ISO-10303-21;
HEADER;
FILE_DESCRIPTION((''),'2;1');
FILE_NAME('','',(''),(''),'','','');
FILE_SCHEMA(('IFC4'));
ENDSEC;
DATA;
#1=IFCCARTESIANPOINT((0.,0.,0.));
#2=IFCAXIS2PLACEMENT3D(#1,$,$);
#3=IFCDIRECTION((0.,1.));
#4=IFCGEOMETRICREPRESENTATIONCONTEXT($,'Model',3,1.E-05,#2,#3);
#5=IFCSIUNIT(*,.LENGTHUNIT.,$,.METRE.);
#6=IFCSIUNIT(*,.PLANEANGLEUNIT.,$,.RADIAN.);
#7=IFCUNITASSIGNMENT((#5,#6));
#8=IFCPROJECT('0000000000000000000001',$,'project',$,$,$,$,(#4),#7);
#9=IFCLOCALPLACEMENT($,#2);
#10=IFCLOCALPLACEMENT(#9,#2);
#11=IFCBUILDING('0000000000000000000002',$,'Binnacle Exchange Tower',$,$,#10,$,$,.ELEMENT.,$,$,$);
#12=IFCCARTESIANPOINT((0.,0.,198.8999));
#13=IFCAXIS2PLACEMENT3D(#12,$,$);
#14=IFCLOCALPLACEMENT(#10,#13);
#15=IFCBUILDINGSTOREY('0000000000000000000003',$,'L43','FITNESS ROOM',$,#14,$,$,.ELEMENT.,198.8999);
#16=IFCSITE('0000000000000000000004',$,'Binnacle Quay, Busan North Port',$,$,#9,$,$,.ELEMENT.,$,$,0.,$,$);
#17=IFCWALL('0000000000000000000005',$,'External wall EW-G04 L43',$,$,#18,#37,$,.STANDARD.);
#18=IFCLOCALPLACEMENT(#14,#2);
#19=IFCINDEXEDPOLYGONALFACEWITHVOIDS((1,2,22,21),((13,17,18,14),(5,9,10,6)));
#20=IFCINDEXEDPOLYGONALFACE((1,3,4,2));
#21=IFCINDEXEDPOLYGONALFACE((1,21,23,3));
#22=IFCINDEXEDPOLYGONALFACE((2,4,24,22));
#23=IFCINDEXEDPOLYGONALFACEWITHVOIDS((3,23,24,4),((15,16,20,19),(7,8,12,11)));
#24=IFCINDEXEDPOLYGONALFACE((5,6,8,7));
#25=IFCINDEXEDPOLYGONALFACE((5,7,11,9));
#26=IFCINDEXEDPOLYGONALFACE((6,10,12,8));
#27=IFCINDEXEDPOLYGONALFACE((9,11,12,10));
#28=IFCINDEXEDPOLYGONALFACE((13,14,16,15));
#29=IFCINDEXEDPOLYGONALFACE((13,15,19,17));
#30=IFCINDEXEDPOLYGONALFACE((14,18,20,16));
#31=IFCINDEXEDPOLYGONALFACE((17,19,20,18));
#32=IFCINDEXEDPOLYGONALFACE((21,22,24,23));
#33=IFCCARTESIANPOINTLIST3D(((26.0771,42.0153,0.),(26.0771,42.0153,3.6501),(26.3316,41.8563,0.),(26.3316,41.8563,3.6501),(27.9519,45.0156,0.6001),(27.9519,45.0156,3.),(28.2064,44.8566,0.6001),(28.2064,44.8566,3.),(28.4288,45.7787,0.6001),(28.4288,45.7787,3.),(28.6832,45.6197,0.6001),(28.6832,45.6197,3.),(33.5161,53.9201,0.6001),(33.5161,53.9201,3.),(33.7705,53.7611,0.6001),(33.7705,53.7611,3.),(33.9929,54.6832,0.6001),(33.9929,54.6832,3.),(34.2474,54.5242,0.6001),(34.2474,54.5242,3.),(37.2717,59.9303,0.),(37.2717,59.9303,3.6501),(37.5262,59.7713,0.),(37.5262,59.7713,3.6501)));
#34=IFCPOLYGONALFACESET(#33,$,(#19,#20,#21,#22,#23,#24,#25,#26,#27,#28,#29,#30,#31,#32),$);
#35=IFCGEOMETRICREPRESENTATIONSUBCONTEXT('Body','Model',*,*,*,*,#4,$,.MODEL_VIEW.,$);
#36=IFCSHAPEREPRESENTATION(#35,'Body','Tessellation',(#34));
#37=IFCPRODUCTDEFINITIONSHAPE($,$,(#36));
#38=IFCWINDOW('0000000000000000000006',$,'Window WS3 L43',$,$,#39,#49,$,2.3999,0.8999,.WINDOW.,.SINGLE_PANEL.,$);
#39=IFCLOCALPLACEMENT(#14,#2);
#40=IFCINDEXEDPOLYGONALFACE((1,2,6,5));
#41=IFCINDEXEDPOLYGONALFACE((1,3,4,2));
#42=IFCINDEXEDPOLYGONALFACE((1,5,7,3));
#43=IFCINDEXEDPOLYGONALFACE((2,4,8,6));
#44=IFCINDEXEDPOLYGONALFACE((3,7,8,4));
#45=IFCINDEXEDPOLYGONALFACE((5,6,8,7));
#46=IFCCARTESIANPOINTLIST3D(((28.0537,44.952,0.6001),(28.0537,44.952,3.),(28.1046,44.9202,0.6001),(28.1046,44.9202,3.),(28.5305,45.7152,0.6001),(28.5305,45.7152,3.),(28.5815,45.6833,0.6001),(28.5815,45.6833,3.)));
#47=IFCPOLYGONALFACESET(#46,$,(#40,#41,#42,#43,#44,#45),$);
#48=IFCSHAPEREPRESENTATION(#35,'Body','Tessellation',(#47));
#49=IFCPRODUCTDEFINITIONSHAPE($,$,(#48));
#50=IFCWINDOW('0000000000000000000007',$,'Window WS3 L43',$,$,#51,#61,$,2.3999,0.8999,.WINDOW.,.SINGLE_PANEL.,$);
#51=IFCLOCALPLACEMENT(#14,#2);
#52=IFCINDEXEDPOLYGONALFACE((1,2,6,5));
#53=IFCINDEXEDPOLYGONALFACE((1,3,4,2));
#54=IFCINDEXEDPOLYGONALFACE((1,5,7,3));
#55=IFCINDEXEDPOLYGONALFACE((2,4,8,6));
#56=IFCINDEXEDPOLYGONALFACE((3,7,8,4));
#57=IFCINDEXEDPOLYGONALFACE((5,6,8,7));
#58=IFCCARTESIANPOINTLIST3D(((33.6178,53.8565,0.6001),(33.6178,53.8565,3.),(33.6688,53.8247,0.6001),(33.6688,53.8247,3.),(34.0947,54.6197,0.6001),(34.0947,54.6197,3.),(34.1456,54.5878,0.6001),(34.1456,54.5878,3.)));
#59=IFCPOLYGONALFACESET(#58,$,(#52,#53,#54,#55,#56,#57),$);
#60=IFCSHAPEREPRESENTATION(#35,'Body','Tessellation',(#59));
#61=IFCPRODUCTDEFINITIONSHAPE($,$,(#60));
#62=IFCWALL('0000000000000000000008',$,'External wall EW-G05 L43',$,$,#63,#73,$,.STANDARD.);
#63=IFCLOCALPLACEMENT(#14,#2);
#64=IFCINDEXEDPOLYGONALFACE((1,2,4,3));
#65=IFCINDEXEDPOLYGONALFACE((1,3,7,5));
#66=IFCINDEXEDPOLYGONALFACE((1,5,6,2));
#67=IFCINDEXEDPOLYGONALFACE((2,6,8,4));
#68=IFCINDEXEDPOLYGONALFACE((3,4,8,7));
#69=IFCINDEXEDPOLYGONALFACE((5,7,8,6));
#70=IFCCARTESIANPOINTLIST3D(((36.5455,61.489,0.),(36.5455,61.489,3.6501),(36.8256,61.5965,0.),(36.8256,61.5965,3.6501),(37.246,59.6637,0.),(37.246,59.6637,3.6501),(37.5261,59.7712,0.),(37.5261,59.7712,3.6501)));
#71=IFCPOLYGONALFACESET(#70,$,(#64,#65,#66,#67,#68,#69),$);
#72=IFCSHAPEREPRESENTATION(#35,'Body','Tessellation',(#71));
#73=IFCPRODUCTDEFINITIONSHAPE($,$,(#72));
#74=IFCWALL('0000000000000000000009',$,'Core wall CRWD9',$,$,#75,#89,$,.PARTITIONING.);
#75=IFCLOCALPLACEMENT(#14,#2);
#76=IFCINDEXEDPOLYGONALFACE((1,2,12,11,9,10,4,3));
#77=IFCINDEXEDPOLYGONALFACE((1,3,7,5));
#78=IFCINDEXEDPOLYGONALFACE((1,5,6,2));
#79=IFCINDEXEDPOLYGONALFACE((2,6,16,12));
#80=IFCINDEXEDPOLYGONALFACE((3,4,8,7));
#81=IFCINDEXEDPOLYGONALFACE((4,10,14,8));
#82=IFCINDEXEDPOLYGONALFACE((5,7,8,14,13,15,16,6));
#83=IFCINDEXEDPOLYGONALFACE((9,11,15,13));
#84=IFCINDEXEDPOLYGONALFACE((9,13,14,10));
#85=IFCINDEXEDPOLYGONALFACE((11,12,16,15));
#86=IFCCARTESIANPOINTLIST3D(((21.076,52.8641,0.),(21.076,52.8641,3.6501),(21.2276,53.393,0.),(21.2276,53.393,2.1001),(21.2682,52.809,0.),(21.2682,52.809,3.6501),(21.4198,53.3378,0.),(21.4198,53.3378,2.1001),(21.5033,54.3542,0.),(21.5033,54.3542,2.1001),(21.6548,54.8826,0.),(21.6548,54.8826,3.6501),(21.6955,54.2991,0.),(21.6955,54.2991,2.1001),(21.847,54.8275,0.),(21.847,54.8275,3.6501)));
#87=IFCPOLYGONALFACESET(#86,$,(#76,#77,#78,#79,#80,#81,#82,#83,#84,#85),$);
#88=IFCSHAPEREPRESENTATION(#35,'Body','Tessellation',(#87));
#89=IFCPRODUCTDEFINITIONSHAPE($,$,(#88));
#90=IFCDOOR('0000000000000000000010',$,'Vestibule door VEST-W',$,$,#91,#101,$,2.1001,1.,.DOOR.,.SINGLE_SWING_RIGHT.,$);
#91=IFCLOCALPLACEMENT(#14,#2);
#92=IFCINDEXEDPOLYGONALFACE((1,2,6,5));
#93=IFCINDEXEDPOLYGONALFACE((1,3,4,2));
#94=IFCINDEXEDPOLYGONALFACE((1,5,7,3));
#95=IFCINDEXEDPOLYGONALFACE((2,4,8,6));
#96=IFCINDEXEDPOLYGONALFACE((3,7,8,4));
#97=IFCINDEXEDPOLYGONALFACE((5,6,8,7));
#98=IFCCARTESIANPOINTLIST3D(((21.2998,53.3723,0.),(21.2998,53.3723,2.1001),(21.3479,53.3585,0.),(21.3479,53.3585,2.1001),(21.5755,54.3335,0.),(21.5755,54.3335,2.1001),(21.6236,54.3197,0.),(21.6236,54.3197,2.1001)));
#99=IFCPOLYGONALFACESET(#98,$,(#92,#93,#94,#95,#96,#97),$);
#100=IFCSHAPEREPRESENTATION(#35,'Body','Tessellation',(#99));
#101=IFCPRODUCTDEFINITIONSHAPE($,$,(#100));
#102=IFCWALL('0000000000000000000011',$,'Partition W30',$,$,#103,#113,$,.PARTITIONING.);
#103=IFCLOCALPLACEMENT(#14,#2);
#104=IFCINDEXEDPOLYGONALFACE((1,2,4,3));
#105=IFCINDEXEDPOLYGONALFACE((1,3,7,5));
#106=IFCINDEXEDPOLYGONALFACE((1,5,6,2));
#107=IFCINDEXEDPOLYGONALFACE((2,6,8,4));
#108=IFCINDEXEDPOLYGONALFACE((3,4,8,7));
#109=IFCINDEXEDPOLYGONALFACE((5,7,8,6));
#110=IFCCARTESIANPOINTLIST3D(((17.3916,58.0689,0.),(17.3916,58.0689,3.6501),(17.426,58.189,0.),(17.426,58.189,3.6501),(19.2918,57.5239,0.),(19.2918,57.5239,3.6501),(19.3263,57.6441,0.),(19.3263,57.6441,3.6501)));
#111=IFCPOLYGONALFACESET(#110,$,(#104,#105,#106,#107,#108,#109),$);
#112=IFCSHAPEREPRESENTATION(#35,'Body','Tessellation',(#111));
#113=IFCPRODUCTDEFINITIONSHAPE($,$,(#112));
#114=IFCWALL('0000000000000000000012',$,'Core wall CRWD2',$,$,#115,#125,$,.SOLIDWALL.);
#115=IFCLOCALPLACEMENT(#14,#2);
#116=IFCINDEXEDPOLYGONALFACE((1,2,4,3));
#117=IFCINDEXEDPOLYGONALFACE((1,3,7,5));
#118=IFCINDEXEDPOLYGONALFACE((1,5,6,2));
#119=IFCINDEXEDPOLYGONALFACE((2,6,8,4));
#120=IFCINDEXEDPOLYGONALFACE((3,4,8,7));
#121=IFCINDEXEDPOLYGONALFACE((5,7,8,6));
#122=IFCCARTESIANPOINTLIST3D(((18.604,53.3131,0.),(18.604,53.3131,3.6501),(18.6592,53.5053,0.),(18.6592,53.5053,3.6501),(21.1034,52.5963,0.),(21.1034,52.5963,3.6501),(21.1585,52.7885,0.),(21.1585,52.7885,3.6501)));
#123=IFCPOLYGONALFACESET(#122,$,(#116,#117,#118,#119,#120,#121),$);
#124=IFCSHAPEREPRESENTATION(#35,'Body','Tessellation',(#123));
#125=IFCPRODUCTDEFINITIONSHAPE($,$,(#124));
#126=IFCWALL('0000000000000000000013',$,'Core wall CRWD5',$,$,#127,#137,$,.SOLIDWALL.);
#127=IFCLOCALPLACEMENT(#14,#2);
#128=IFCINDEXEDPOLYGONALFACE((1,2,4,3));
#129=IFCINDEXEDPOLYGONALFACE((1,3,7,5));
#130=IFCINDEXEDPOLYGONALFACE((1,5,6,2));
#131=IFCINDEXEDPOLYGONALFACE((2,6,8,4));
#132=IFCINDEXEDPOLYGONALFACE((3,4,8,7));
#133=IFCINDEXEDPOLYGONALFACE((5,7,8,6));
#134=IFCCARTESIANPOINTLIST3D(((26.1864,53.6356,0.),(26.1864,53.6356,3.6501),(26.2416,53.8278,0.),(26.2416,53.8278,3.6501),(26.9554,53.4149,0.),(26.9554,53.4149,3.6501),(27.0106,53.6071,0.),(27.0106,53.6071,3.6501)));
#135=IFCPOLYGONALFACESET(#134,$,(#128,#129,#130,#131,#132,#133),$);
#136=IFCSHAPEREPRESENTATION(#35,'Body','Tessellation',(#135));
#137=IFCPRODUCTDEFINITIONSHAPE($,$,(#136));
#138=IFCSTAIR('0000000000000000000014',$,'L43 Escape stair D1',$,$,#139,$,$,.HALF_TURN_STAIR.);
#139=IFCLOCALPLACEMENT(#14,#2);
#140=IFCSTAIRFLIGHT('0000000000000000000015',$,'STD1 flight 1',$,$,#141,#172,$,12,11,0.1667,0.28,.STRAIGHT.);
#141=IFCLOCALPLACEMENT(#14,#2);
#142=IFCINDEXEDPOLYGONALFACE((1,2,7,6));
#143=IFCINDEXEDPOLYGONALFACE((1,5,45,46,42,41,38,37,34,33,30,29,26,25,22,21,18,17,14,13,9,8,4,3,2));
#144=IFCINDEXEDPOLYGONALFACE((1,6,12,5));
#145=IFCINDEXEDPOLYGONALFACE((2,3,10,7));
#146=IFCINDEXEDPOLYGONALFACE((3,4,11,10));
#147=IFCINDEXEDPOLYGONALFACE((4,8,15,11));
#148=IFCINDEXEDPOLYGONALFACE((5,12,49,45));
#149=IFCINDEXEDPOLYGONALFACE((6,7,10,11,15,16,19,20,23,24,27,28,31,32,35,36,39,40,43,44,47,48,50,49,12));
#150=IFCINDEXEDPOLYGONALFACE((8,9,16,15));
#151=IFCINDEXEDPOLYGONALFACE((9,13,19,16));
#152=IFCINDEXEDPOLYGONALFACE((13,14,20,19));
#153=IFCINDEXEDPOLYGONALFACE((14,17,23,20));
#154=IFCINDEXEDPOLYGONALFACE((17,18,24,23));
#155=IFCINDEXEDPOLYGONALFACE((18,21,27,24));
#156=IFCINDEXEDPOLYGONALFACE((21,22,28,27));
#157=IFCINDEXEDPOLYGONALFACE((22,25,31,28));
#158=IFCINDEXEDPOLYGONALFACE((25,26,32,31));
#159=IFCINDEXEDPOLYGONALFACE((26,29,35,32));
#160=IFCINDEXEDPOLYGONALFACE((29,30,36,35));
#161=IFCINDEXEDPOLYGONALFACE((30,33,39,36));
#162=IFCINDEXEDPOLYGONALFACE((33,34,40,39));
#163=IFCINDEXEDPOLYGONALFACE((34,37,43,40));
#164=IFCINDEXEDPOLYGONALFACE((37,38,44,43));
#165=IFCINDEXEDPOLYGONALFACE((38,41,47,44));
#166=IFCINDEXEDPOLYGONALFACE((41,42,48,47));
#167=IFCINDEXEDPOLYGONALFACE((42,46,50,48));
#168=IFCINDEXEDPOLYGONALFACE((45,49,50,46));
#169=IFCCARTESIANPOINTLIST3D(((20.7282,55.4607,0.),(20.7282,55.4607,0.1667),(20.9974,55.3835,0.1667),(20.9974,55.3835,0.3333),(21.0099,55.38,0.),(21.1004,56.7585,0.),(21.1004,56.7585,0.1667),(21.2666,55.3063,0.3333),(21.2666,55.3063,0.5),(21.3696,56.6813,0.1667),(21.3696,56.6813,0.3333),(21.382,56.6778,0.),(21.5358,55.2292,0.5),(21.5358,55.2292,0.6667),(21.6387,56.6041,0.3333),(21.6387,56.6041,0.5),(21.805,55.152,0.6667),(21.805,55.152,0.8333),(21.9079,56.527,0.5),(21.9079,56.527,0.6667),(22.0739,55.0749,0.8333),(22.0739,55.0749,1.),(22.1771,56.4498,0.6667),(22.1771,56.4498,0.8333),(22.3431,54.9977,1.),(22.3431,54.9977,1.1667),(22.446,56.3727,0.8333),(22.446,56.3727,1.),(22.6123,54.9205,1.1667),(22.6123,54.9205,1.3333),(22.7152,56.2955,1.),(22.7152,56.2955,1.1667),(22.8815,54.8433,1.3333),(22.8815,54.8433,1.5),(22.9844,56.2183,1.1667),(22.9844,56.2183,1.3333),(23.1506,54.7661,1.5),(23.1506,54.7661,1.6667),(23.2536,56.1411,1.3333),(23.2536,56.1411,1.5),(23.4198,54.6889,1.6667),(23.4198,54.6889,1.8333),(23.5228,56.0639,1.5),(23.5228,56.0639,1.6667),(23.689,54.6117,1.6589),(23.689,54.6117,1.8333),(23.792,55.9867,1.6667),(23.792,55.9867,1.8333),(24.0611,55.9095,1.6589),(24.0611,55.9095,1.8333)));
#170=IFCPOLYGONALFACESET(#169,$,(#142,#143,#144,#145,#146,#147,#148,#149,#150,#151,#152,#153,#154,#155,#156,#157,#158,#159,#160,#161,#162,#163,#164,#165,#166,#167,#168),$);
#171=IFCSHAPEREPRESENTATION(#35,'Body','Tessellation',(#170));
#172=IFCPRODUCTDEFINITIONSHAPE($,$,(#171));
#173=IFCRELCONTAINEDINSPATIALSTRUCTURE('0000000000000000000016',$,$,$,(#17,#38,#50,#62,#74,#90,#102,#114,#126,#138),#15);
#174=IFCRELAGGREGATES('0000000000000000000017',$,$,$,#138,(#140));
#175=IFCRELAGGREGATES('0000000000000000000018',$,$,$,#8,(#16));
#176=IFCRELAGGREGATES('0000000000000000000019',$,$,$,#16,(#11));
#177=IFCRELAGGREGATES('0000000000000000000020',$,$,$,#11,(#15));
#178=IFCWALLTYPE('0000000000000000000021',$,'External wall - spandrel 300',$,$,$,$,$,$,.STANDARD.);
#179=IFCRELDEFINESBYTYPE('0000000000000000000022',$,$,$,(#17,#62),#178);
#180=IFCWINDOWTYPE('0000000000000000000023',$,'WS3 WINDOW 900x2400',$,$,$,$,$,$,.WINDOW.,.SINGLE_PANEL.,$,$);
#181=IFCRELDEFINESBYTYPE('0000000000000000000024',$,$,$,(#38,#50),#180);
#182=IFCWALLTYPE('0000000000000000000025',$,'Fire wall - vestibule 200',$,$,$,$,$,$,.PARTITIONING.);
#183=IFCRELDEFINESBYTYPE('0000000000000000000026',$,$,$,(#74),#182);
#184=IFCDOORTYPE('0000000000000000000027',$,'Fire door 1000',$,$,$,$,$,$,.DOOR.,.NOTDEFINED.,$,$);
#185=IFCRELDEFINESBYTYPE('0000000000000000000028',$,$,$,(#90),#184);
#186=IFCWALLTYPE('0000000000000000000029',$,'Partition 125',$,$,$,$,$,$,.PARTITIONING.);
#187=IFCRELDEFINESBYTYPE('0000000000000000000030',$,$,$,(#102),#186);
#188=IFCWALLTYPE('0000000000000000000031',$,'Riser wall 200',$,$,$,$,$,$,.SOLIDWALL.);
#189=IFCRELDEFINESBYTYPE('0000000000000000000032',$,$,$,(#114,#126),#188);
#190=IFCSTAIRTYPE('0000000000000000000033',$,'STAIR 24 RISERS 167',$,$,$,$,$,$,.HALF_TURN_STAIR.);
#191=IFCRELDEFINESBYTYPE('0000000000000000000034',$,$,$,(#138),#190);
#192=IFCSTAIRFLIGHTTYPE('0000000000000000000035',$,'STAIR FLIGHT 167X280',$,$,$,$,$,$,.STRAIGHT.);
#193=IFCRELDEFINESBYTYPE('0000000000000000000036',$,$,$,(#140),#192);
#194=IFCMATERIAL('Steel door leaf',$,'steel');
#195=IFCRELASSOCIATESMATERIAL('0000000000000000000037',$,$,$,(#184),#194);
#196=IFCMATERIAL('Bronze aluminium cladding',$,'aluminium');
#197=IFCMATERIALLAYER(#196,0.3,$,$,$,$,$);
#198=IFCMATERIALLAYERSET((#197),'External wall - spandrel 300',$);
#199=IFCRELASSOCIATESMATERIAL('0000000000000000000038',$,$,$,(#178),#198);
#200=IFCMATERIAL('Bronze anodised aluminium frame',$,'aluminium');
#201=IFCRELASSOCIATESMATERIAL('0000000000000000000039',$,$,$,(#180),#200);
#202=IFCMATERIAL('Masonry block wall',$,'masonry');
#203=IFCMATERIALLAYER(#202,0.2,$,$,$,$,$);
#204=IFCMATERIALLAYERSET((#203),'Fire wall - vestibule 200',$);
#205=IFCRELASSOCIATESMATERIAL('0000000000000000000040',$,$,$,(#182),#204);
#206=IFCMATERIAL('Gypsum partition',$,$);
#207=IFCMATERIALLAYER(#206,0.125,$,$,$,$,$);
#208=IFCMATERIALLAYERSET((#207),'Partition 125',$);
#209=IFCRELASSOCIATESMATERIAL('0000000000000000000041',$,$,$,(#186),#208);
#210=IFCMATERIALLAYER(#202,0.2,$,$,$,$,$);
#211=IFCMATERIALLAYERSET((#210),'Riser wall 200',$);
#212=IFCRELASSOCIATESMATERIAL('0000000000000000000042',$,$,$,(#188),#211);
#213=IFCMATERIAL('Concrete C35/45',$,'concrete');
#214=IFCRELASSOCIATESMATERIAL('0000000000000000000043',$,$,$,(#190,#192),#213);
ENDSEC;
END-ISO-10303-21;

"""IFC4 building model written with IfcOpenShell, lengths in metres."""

from ifc_helpers import new_model, si_unit, direction, frame, frame_2d, origin, place, context, subcontext, project, spatial, polyline, rectangle, outline, extrude, material, layer, layer_set, type_object, element, fill, aggregate, save


model = new_model("IFC4")

# Units and contexts
model_context = context("Model", 3, precision=1e-05, world=origin(), true_north=direction((0.0, 1.0)))
body_context = subcontext(model_context, "Body", "Model", "MODEL_VIEW")
ifc_project = project(units=[si_unit("LENGTHUNIT", "METRE"), si_unit("PLANEANGLEUNIT", "RADIAN")], contexts=[model_context])

# Site, building, storey
site_placement = place(None, origin())
site = spatial("IfcSite", under=ifc_project, at=site_placement, Name="Binnacle Quay, Busan North Port", CompositionType="ELEMENT", RefElevation=0.0)
building_placement = place(site_placement, origin())
building = spatial("IfcBuilding", under=site, at=building_placement, Name="Binnacle Exchange Tower", CompositionType="ELEMENT")
storey_placement = place(building_placement, frame((0.0, 0.0, 198.8999)))
storey = spatial("IfcBuildingStorey", under=building, at=storey_placement, Name="L43", Description="FITNESS ROOM", CompositionType="ELEMENT", Elevation=198.8999)

# Shared definitions
ifc_material_1 = material(Name="Steel door leaf", Category="steel")

# Shared definitions
door_type_1 = type_object("IfcDoorType", Name="Fire door 1000", OperationType="NOTDEFINED", PredefinedType="DOOR", material=ifc_material_1)

# Wall, openings, windows
ifc_material_2 = material(Name="Bronze aluminium cladding", Category="aluminium")
ifc_layer_1 = layer(ifc_material_2, 0.3)
ifc_layer_set_1 = layer_set([ifc_layer_1], Name="External wall - spandrel 300")
wall_type_1 = type_object("IfcWallType", Name="External wall - spandrel 300", PredefinedType="STANDARD", material=ifc_layer_set_1)
wall_1_placement = place(storey_placement, frame((37.3989, 59.8508, 0.0), z_axis=(0.0, 0.0, 1.0), x_axis=(-0.52992, -0.848048, 0.0)))
wall_1 = element("IfcWall", 1, at=wall_1_placement, inside=storey, type_object=wall_type_1, Name="External wall EW-G04 L43", PredefinedType="STANDARD", context=body_context, shape_type="SweptSolid", body=[
    extrude(rectangle(XDim=21.125, YDim=0.3, at=frame_2d((10.5625, 0.0))), origin(), (0.0, 0.0, 1.0), 3.6501),
])
opening_1_placement = place(wall_1_placement, frame((16.6873, 0.0, 0.6001)))
opening_1 = element("IfcOpeningElement", 2, at=opening_1_placement, cuts=wall_1, PredefinedType="OPENING", context=body_context, shape_type="SweptSolid", body=[
    extrude(rectangle(XDim=0.8999, YDim=2.3999, at=frame_2d((0.45, 1.2))), frame((0.0, 0.1599, 0.0), z_axis=(0.0, -1.0, 0.0), x_axis=(1.0, 0.0, 0.0)), (0.0, 0.0, 1.0), 0.3201),
])
opening_2_placement = place(wall_1_placement, frame((6.1873, 0.0, 0.6001)))
opening_2 = element("IfcOpeningElement", 3, at=opening_2_placement, cuts=wall_1, PredefinedType="OPENING", context=body_context, shape_type="SweptSolid", body=[
    extrude(rectangle(XDim=0.8999, YDim=2.3999, at=frame_2d((0.45, 1.2))), frame((0.0, 0.1599, 0.0), z_axis=(0.0, -1.0, 0.0), x_axis=(1.0, 0.0, 0.0)), (0.0, 0.0, 1.0), 0.3201),
])
ifc_material_3 = material(Name="Bronze anodised aluminium frame", Category="aluminium")
window_type = type_object("IfcWindowType", Name="WS3 WINDOW 900x2400", PartitioningType="SINGLE_PANEL", PredefinedType="WINDOW", material=ifc_material_3)
window_1_placement = place(opening_1_placement, origin())
window_1 = element("IfcWindow", 4, at=window_1_placement, inside=storey, type_object=window_type, Name="Window WS3 L43", OverallHeight=2.3999, OverallWidth=0.8999, PartitioningType="SINGLE_PANEL", PredefinedType="WINDOW", context=body_context, shape_type="SweptSolid", body=[
    extrude(rectangle(XDim=0.8999, YDim=2.3999, at=frame_2d((0.45, 1.2))), frame((0.0, 0.03, 0.0), z_axis=(0.0, -1.0, 0.0), x_axis=(1.0, 0.0, 0.0)), (0.0, 0.0, 1.0), 0.0601),
])
fill(opening_1, window_1)
window_2_placement = place(opening_2_placement, origin())
window_2 = element("IfcWindow", 5, at=window_2_placement, inside=storey, type_object=window_type, Name="Window WS3 L43", OverallHeight=2.3999, OverallWidth=0.8999, PartitioningType="SINGLE_PANEL", PredefinedType="WINDOW", context=body_context, shape_type="SweptSolid", body=[
    extrude(rectangle(XDim=0.8999, YDim=2.3999, at=frame_2d((0.45, 1.2))), frame((0.0, 0.03, 0.0), z_axis=(0.0, -1.0, 0.0), x_axis=(1.0, 0.0, 0.0)), (0.0, 0.0, 1.0), 0.0601),
])
fill(opening_2, window_2)

# Wall
wall_2_placement = place(storey_placement, frame((36.6855, 61.5427, 0.0), z_axis=(0.0, 0.0, 1.0), x_axis=(0.358284, -0.933612, 0.0)))
element("IfcWall", 6, at=wall_2_placement, inside=storey, type_object=wall_type_1, Name="External wall EW-G05 L43", PredefinedType="STANDARD", context=body_context, shape_type="SweptSolid", body=[
    extrude(rectangle(XDim=1.9551, YDim=0.3, at=frame_2d((0.9775, 0.0))), origin(), (0.0, 0.0, 1.0), 3.6501),
])

# Wall, opening, door
ifc_material_4 = material(Name="Masonry block wall", Category="masonry")
ifc_layer_2 = layer(ifc_material_4, 0.2)
ifc_layer_set_2 = layer_set([ifc_layer_2], Name="Fire wall - vestibule 200")
wall_type_2 = type_object("IfcWallType", Name="Fire wall - vestibule 200", PredefinedType="PARTITIONING", material=ifc_layer_set_2)
wall_3_placement = place(storey_placement, frame((21.1721, 52.8367, 0.0), z_axis=(0.0, 0.0, 1.0), x_axis=(0.275658, 0.961256, 0.0)))
wall_3 = element("IfcWall", 7, at=wall_3_placement, inside=storey, type_object=wall_type_2, Name="Core wall CRWD9", PredefinedType="PARTITIONING", context=body_context, shape_type="SweptSolid", body=[
    extrude(rectangle(XDim=2.0999, YDim=0.2, at=frame_2d((1.0498, 0.0))), origin(), (0.0, 0.0, 1.0), 3.6501),
])
opening_3_placement = place(wall_3_placement, frame((0.55, 0.0, 0.0)))
opening_3 = element("IfcOpeningElement", 8, at=opening_3_placement, cuts=wall_3, PredefinedType="OPENING", context=body_context, shape_type="SweptSolid", body=[
    extrude(rectangle(XDim=1.0, YDim=2.1001, at=frame_2d((0.5, 1.05))), frame((0.0, 0.1099, 0.0), z_axis=(0.0, -1.0, 0.0), x_axis=(1.0, 0.0, 0.0)), (0.0, 0.0, 1.0), 0.22),
])
door_1_placement = place(opening_3_placement, origin())
door_1 = element("IfcDoor", 9, at=door_1_placement, inside=storey, type_object=door_type_1, Name="Vestibule door VEST-W", OperationType="SINGLE_SWING_RIGHT", OverallHeight=2.1001, OverallWidth=1.0, PredefinedType="DOOR", context=body_context, shape_type="SweptSolid", body=[
    extrude(rectangle(XDim=1.0, YDim=2.1001, at=frame_2d((0.5, 1.05))), frame((0.0, 0.0249, 0.0), z_axis=(0.0, -1.0, 0.0), x_axis=(1.0, 0.0, 0.0)), (0.0, 0.0, 1.0), 0.05),
])
fill(opening_3, door_1)

# Walls
ifc_material_5 = material(Name="Gypsum partition")
ifc_layer_3 = layer(ifc_material_5, 0.125)
ifc_layer_set_3 = layer_set([ifc_layer_3], Name="Partition 125")
wall_type_3 = type_object("IfcWallType", Name="Partition 125", PredefinedType="PARTITIONING", material=ifc_layer_set_3)
wall_4_placement = place(storey_placement, frame((17.4089, 58.1289, 0.0), z_axis=(0.0, 0.0, 1.0), x_axis=(0.961253, -0.275667, 0.0)))
element("IfcWall", 10, at=wall_4_placement, inside=storey, type_object=wall_type_3, Name="Partition W30", PredefinedType="PARTITIONING", context=body_context, shape_type="SweptSolid", body=[
    extrude(rectangle(XDim=1.9768, YDim=0.125, at=frame_2d((0.9883, 0.0))), origin(), (0.0, 0.0, 1.0), 3.6501),
])
ifc_layer_4 = layer(ifc_material_4, 0.2)
ifc_layer_set_4 = layer_set([ifc_layer_4], Name="Riser wall 200")
wall_type_4 = type_object("IfcWallType", Name="Riser wall 200", PredefinedType="SOLIDWALL", material=ifc_layer_set_4)
wall_5_placement = place(storey_placement, frame((18.6316, 53.4092, 0.0), z_axis=(0.0, 0.0, 1.0), x_axis=(0.961247, -0.275688, 0.0)))
element("IfcWall", 11, at=wall_5_placement, inside=storey, type_object=wall_type_4, Name="Core wall CRWD2", PredefinedType="SOLIDWALL", context=body_context, shape_type="SweptSolid", body=[
    extrude(rectangle(XDim=2.6001, YDim=0.2, at=frame_2d((1.3, 0.0))), origin(), (0.0, 0.0, 1.0), 3.6501),
])
wall_6_placement = place(storey_placement, frame((26.2141, 53.7317, 0.0), z_axis=(0.0, 0.0, 1.0), x_axis=(0.961201, -0.275849, 0.0)))
element("IfcWall", 12, at=wall_6_placement, inside=storey, type_object=wall_type_4, Name="Core wall CRWD5", PredefinedType="SOLIDWALL", context=body_context, shape_type="SweptSolid", body=[
    extrude(rectangle(XDim=0.8, YDim=0.2, at=frame_2d((0.3999, 0.0))), origin(), (0.0, 0.0, 1.0), 3.6501),
])

# Stair, stair flight
ifc_material_6 = material(Name="Concrete C35/45", Category="concrete")
stair_type = type_object("IfcStairType", Name="STAIR 24 RISERS 167", PredefinedType="HALF_TURN_STAIR", material=ifc_material_6)
stair_placement = place(storey_placement, origin())
stair = element("IfcStair", 13, at=stair_placement, inside=storey, type_object=stair_type, Name="L43 Escape stair D1", PredefinedType="HALF_TURN_STAIR")
stair_flight_type = type_object("IfcStairFlightType", Name="STAIR FLIGHT 167X280", PredefinedType="STRAIGHT", material=ifc_material_6)
stair_flight_1_placement = place(storey_placement, frame((20.9143, 56.1096, 0.0), z_axis=(0.0, 0.0, 1.0), x_axis=(0.961262, -0.275637, 0.0)))
stair_flight_1 = element("IfcStairFlight", 14, at=stair_flight_1_placement, type_object=stair_flight_type, Name="STD1 flight 1", NumberOfRisers=12, NumberOfTreads=11, PredefinedType="STRAIGHT", RiserHeight=0.1667, TreadLength=0.28, context=body_context, shape_type="SweptSolid", body=[
    extrude(outline(polyline([(0.0, 0.0), (0.0, 0.1667), (0.28, 0.1667), (0.28, 0.3333), (0.5601, 0.3333), (0.5601, 0.5), (0.8401, 0.5), (0.8401, 0.6667), (1.1201, 0.6667), (1.1201, 0.8333), (1.3999, 0.8333), (1.3999, 1.0), (1.6799, 1.0), (1.6799, 1.1667), (1.96, 1.1667), (1.96, 1.3333), (2.24, 1.3333), (2.24, 1.5), (2.52, 1.5), (2.52, 1.6667), (2.8, 1.6667), (2.8, 1.8333), (3.0801, 1.8333), (3.0801, 2.0), (3.0801, 1.6589), (0.293, 0.0), (0.0, 0.0)])), frame((0.0, 0.675, 0.0), z_axis=(0.0, -1.0, 0.0), x_axis=(1.0, 0.0, 0.0)), (0.0, 0.0, 1.0), 1.3501),
])
aggregate(stair, [stair_flight_1])

save(model, "model.ifc")
